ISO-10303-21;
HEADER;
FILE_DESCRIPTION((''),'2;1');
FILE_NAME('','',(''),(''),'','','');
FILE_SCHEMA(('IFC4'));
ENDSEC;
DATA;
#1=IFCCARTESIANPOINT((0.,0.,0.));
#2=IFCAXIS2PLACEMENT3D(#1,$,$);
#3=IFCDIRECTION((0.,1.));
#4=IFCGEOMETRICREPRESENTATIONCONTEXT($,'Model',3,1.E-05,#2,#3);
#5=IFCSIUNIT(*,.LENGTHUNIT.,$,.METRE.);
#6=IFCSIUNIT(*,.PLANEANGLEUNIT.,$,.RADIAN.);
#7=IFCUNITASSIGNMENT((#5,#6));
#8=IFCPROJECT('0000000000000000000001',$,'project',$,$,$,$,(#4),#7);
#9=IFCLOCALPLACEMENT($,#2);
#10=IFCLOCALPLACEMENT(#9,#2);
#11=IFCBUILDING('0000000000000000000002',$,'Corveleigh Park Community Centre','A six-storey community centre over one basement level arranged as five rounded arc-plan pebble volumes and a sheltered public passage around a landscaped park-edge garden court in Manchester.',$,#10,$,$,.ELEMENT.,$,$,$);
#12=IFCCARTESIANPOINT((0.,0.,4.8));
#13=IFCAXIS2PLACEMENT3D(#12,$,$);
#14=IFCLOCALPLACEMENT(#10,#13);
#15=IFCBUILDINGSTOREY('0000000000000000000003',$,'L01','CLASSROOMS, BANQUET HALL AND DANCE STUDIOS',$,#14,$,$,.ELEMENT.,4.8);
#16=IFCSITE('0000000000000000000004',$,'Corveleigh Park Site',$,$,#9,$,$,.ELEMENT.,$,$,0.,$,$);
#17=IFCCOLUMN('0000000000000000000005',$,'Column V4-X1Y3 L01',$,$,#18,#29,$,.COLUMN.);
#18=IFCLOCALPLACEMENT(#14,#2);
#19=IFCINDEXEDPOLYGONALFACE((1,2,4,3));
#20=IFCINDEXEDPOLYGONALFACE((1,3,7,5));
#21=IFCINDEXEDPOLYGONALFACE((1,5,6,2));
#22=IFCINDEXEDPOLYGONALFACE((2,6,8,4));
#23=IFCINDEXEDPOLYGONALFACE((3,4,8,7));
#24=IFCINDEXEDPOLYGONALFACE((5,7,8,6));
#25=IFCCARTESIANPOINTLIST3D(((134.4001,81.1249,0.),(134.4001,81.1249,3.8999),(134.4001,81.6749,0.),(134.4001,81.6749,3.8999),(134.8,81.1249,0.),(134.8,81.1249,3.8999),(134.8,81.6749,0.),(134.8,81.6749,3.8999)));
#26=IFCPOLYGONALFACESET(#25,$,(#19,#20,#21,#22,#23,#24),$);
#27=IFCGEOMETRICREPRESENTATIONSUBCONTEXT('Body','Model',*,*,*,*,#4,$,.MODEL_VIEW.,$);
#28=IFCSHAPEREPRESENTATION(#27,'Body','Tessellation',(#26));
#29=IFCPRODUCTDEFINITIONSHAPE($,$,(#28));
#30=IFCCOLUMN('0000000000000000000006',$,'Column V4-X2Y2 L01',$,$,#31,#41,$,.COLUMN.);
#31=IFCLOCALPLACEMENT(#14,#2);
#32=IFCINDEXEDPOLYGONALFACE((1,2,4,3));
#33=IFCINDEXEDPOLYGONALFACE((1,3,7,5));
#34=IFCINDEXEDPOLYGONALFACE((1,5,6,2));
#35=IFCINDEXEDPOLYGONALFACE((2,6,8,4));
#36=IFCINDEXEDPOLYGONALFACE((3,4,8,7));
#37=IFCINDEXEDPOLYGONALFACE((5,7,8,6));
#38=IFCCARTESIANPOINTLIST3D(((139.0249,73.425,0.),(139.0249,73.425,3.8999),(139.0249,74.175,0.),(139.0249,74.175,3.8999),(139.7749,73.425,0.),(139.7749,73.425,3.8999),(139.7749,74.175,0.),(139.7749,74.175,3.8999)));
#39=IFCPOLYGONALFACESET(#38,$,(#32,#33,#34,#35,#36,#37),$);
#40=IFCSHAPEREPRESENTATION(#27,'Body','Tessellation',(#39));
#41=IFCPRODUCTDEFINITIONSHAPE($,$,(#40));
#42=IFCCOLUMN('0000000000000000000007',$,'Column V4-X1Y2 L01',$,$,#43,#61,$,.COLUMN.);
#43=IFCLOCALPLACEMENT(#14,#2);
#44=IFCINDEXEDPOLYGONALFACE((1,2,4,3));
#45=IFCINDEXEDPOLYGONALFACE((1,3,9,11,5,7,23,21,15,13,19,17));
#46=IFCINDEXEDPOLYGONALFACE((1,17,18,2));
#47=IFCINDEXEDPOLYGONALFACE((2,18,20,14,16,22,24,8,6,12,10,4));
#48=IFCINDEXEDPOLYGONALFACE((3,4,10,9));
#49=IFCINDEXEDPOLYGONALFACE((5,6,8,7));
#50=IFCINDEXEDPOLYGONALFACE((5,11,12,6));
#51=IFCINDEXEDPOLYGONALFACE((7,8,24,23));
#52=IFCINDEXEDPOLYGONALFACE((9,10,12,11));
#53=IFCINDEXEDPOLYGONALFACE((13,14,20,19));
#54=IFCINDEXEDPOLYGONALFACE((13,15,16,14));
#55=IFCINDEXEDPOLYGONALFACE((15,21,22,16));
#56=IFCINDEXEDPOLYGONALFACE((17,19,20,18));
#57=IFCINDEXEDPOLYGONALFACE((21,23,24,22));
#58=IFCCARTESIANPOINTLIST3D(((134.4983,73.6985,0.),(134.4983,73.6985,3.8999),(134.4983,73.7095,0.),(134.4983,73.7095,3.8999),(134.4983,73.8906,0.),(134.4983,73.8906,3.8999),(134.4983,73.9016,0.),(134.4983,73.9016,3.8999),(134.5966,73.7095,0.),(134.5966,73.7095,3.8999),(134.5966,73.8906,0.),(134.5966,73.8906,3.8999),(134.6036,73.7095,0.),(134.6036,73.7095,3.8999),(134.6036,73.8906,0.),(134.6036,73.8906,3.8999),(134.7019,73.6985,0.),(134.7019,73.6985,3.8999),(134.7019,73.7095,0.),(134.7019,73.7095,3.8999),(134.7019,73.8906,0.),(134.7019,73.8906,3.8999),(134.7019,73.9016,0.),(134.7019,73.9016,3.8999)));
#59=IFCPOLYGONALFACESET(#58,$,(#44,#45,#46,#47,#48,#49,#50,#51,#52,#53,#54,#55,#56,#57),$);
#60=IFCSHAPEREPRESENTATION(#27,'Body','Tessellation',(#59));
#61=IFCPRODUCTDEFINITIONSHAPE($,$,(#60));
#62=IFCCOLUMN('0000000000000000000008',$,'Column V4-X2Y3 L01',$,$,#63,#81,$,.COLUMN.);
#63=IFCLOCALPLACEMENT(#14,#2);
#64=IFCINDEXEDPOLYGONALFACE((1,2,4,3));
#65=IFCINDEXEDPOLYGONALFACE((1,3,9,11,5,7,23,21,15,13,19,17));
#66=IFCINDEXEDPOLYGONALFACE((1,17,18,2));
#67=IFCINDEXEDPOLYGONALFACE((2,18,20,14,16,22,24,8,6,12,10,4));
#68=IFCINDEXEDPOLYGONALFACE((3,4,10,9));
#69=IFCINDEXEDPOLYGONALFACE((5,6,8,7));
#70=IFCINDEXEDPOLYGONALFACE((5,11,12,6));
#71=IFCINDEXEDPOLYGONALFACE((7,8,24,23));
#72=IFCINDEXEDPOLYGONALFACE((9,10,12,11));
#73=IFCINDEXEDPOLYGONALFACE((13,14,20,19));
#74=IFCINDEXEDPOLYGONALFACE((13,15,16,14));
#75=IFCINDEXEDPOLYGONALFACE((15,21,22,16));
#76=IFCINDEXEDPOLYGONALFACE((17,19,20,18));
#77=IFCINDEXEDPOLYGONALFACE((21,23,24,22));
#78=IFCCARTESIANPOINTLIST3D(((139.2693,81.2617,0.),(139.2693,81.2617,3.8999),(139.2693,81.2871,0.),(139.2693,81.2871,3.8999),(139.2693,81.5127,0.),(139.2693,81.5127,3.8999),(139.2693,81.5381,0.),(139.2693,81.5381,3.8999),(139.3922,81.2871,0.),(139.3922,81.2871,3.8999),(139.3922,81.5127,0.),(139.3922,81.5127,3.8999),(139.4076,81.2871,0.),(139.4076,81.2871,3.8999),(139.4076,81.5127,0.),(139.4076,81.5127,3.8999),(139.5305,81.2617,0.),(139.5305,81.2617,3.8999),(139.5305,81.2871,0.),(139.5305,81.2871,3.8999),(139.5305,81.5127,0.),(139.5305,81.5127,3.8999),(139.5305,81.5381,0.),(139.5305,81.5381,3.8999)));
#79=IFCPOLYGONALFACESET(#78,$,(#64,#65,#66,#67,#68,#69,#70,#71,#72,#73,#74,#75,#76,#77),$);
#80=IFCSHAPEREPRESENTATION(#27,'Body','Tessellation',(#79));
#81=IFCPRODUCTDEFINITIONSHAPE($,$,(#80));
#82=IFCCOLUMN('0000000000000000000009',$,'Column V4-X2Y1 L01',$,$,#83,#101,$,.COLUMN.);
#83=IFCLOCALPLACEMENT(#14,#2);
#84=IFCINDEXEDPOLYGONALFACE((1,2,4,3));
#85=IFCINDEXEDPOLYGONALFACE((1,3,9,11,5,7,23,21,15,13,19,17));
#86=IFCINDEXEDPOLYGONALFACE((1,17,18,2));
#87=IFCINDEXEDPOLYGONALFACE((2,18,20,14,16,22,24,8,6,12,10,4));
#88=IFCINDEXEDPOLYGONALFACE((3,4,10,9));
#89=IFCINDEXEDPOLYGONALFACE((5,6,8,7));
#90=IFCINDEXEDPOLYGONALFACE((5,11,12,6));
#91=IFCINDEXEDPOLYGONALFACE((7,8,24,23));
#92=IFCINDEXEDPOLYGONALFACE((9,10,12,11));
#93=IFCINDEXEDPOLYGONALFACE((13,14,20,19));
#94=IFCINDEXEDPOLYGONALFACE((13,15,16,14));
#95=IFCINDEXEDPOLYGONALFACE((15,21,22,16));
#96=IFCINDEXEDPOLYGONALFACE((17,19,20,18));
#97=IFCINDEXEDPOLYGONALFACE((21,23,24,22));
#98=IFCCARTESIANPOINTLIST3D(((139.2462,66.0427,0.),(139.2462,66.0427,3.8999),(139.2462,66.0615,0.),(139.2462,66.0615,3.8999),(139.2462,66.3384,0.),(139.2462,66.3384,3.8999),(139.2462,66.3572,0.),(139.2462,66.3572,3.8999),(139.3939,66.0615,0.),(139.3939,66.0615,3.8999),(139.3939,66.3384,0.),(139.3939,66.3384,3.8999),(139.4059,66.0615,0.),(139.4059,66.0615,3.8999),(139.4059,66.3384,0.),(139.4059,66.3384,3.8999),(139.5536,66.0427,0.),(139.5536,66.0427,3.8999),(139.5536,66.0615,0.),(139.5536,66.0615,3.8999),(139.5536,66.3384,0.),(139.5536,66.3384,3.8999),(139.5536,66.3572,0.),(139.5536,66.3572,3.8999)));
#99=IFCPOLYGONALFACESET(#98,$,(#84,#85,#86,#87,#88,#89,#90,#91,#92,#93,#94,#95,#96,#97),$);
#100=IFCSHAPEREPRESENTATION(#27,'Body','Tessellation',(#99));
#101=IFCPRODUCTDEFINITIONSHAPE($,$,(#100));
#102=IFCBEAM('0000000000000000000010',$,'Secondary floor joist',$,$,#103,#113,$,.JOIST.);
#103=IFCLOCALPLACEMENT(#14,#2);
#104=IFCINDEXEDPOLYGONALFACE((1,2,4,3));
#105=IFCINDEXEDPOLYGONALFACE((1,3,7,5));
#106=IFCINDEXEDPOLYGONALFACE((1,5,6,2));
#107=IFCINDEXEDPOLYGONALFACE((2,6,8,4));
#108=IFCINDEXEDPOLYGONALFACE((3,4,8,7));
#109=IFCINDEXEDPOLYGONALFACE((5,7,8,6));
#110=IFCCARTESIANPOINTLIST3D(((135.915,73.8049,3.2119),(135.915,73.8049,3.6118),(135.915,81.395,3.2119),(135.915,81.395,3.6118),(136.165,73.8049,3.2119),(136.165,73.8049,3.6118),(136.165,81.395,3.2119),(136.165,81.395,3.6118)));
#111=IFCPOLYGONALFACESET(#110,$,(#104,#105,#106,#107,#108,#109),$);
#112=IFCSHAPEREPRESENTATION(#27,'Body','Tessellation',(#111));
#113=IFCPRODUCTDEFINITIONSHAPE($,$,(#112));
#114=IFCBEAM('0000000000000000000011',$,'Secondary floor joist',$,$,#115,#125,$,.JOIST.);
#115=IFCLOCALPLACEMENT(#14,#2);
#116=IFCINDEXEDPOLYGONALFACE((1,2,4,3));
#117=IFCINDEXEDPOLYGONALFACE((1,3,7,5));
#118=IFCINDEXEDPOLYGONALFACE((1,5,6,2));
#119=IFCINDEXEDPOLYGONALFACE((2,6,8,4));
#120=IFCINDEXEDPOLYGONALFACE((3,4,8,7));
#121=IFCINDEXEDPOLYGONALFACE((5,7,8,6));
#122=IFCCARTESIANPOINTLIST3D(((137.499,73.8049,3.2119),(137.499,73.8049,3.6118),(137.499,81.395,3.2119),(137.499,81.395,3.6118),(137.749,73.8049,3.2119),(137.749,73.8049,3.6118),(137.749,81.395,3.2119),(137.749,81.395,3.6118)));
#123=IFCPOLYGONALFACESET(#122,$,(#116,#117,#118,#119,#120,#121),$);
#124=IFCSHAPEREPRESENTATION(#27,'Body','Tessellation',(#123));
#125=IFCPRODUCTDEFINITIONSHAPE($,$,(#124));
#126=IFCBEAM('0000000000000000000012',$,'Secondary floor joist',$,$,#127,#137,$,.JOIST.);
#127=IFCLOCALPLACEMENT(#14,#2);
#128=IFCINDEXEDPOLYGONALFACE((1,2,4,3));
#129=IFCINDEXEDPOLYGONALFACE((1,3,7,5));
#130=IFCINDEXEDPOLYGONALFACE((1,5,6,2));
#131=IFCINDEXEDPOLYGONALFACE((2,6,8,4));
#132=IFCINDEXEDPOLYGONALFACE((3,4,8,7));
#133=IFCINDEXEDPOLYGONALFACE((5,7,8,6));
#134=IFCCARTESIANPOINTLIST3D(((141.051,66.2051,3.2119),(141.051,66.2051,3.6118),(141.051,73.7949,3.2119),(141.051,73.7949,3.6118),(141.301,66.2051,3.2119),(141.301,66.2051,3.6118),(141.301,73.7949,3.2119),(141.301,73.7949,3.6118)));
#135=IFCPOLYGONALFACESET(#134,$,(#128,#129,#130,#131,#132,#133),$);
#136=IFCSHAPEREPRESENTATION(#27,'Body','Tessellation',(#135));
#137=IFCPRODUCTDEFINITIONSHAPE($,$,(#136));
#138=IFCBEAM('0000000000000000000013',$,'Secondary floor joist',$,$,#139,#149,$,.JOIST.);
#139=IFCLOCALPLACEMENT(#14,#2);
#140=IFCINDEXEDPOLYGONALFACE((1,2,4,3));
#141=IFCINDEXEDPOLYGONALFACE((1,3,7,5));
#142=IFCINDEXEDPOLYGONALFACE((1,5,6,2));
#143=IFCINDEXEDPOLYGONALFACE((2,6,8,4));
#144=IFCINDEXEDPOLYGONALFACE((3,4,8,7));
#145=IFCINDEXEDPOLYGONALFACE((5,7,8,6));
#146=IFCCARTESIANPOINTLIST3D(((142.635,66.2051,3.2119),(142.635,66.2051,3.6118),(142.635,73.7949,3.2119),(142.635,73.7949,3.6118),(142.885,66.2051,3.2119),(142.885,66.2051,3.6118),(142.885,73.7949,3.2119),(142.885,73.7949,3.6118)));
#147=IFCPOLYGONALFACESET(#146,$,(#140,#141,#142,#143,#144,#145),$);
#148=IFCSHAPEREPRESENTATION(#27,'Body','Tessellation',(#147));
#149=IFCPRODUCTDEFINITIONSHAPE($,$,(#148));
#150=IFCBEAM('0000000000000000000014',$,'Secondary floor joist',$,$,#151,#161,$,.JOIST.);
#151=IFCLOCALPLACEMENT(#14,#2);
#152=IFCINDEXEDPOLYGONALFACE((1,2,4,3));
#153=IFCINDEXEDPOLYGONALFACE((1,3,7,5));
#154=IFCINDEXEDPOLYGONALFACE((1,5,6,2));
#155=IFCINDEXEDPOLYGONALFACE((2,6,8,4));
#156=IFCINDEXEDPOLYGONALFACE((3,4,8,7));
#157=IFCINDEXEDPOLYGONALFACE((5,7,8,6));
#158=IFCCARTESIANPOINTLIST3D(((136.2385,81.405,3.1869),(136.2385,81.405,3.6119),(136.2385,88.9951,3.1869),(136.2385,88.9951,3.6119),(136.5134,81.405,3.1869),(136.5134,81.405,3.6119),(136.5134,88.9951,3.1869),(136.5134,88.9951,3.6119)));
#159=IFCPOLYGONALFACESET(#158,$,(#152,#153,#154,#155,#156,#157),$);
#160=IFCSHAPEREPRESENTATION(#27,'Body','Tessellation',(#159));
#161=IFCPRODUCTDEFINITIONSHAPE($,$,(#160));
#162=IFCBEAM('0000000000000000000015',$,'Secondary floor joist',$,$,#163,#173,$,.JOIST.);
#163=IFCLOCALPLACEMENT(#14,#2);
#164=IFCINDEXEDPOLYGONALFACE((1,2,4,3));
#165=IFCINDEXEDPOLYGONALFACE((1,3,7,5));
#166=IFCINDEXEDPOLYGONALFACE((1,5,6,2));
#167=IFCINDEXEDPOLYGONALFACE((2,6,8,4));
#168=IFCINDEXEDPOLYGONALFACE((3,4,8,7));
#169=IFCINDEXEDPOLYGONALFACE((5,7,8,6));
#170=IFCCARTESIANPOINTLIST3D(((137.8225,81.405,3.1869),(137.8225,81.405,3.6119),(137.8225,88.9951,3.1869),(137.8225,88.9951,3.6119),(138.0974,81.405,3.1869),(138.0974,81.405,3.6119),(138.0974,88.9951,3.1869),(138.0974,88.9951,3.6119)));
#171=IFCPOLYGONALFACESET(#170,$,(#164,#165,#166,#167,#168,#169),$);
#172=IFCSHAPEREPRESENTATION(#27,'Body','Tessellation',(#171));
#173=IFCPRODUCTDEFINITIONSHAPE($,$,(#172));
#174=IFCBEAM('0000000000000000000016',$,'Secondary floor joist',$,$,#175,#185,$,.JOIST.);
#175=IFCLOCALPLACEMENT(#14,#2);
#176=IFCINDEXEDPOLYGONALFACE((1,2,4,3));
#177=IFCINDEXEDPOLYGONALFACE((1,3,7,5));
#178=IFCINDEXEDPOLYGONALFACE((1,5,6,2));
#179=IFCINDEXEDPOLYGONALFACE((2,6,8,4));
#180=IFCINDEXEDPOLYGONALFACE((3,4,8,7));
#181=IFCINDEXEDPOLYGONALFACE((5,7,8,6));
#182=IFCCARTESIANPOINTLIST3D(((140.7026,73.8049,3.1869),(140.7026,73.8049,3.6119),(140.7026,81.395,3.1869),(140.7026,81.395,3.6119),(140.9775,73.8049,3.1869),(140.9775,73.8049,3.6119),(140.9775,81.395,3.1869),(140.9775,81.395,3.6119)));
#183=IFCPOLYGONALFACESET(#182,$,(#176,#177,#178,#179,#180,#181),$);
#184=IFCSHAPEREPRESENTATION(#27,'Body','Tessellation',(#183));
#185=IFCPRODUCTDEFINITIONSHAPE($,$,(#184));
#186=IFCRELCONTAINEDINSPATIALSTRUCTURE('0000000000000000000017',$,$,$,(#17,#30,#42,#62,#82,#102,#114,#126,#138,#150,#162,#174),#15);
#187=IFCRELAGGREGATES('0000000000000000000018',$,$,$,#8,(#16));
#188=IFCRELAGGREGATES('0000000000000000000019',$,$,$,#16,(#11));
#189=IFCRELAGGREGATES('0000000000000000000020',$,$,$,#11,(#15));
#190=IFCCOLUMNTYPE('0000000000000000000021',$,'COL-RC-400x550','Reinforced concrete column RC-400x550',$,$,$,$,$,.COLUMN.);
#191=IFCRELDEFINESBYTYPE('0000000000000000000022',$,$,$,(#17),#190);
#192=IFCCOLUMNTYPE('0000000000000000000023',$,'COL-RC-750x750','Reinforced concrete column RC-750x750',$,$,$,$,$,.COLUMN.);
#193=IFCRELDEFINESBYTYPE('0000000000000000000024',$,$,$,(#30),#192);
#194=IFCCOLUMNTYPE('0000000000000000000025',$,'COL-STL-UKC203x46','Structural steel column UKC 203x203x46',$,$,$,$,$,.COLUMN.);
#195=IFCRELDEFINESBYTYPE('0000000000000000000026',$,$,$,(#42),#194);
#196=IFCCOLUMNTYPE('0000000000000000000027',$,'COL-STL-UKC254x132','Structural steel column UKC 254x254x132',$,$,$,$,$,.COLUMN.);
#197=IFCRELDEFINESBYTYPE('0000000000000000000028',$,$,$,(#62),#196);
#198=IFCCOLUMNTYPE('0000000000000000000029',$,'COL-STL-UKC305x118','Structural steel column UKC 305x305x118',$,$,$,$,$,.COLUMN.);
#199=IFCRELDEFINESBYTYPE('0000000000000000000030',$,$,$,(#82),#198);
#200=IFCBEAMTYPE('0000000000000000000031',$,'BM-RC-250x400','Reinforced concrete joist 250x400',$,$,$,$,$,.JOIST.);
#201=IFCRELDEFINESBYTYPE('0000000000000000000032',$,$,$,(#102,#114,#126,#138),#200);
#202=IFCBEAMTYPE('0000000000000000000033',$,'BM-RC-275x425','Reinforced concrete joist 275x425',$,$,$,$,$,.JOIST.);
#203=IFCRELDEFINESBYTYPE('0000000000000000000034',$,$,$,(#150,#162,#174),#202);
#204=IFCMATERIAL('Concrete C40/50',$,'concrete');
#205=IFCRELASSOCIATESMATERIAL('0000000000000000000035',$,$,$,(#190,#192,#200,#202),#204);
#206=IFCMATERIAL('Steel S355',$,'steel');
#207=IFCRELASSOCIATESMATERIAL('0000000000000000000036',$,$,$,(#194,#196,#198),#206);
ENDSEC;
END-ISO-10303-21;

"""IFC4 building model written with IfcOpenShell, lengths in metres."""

from ifc_helpers import new_model, si_unit, direction, frame, origin, origin_2d, place, context, subcontext, project, spatial, rectangle, i_section, extrude, material, material_profile, profile_set, type_object, element, save


model = new_model("IFC4")

# Units and contexts
model_context = context("Model", 3, precision=1e-05, world=origin(), true_north=direction((0.0, 1.0)))
body_context = subcontext(model_context, "Body", "Model", "MODEL_VIEW")
ifc_project = project(units=[si_unit("LENGTHUNIT", "METRE"), si_unit("PLANEANGLEUNIT", "RADIAN")], contexts=[model_context])

# Site, building, storey
site_placement = place(None, origin())
site = spatial("IfcSite", under=ifc_project, at=site_placement, Name="Corveleigh Park Site", CompositionType="ELEMENT", RefElevation=0.0)
building_placement = place(site_placement, origin())
building = spatial("IfcBuilding", under=site, at=building_placement, Name="Corveleigh Park Community Centre", Description="A six-storey community centre over one basement level arranged as five rounded arc-plan pebble volumes and a sheltered public passage around a landscaped park-edge garden court in Manchester.", CompositionType="ELEMENT")
storey_placement = place(building_placement, frame((0.0, 0.0, 4.8)))
storey = spatial("IfcBuildingStorey", under=building, at=storey_placement, Name="L01", Description="CLASSROOMS, BANQUET HALL AND DANCE STUDIOS", CompositionType="ELEMENT", Elevation=4.8)

# Columns
ifc_material_1 = material(Name="Concrete C40/50", Category="concrete")
ifc_material_profile_1 = material_profile(ifc_material_1, rectangle(XDim=0.3999, YDim=0.55, at=origin_2d()), Name="RC-400x550", Category="concrete")
ifc_profile_set_1 = profile_set([ifc_material_profile_1], Name="Concrete C40/50")
column_type_1 = type_object("IfcColumnType", Name="COL-RC-400x550", Description="Reinforced concrete column RC-400x550", PredefinedType="COLUMN", material=ifc_profile_set_1)
column_1_placement = place(storey_placement, frame((134.6001, 81.3999, 0.0), z_axis=(0.0, 0.0, 1.0), x_axis=(1.0, 0.0, 0.0)))
element("IfcColumn", 1, at=column_1_placement, inside=storey, type_object=column_type_1, Name="Column V4-X1Y3 L01", PredefinedType="COLUMN", context=body_context, shape_type="SweptSolid", body=[
    extrude(rectangle(XDim=0.3999, YDim=0.55, at=origin_2d()), origin(), (0.0, 0.0, 1.0), 3.8999),
])
ifc_material_profile_2 = material_profile(ifc_material_1, rectangle(XDim=0.75, YDim=0.75, at=origin_2d()), Name="RC-750x750", Category="concrete")
ifc_profile_set_2 = profile_set([ifc_material_profile_2], Name="Concrete C40/50")
column_type_2 = type_object("IfcColumnType", Name="COL-RC-750x750", Description="Reinforced concrete column RC-750x750", PredefinedType="COLUMN", material=ifc_profile_set_2)
column_2_placement = place(storey_placement, frame((139.3999, 73.8, 0.0), z_axis=(0.0, 0.0, 1.0), x_axis=(1.0, 0.0, 0.0)))
element("IfcColumn", 2, at=column_2_placement, inside=storey, type_object=column_type_2, Name="Column V4-X2Y2 L01", PredefinedType="COLUMN", context=body_context, shape_type="SweptSolid", body=[
    extrude(rectangle(XDim=0.75, YDim=0.75, at=origin_2d()), origin(), (0.0, 0.0, 1.0), 3.8999),
])
ifc_material_2 = material(Name="Steel S355", Category="steel")
ifc_material_profile_3 = material_profile(ifc_material_2, i_section(OverallWidth=0.2036, OverallDepth=0.2031, WebThickness=0.0071, FlangeThickness=0.011, at=origin_2d()), Name="UKC 203x203x46", Category="steel")
ifc_profile_set_3 = profile_set([ifc_material_profile_3], Name="Steel S355")
column_type_3 = type_object("IfcColumnType", Name="COL-STL-UKC203x46", Description="Structural steel column UKC 203x203x46", PredefinedType="COLUMN", material=ifc_profile_set_3)
column_3_placement = place(storey_placement, frame((134.6001, 73.8, 0.0), z_axis=(0.0, 0.0, 1.0), x_axis=(1.0, 0.0, 0.0)))
element("IfcColumn", 3, at=column_3_placement, inside=storey, type_object=column_type_3, Name="Column V4-X1Y2 L01", PredefinedType="COLUMN", context=body_context, shape_type="SweptSolid", body=[
    extrude(i_section(OverallWidth=0.2036, OverallDepth=0.2031, WebThickness=0.0071, FlangeThickness=0.011, at=origin_2d()), origin(), (0.0, 0.0, 1.0), 3.8999),
])
ifc_material_profile_4 = material_profile(ifc_material_2, i_section(OverallWidth=0.2612, OverallDepth=0.2764, WebThickness=0.0154, FlangeThickness=0.0254, at=origin_2d()), Name="UKC 254x254x132", Category="steel")
ifc_profile_set_4 = profile_set([ifc_material_profile_4], Name="Steel S355")
column_type_4 = type_object("IfcColumnType", Name="COL-STL-UKC254x132", Description="Structural steel column UKC 254x254x132", PredefinedType="COLUMN", material=ifc_profile_set_4)
column_4_placement = place(storey_placement, frame((139.3999, 81.3999, 0.0), z_axis=(0.0, 0.0, 1.0), x_axis=(1.0, 0.0, 0.0)))
element("IfcColumn", 4, at=column_4_placement, inside=storey, type_object=column_type_4, Name="Column V4-X2Y3 L01", PredefinedType="COLUMN", context=body_context, shape_type="SweptSolid", body=[
    extrude(i_section(OverallWidth=0.2612, OverallDepth=0.2764, WebThickness=0.0154, FlangeThickness=0.0254, at=origin_2d()), origin(), (0.0, 0.0, 1.0), 3.8999),
])
ifc_material_profile_5 = material_profile(ifc_material_2, i_section(OverallWidth=0.3074, OverallDepth=0.3145, WebThickness=0.012, FlangeThickness=0.0188, at=origin_2d()), Name="UKC 305x305x118", Category="steel")
ifc_profile_set_5 = profile_set([ifc_material_profile_5], Name="Steel S355")
column_type_5 = type_object("IfcColumnType", Name="COL-STL-UKC305x118", Description="Structural steel column UKC 305x305x118", PredefinedType="COLUMN", material=ifc_profile_set_5)
column_5_placement = place(storey_placement, frame((139.3999, 66.2, 0.0), z_axis=(0.0, 0.0, 1.0), x_axis=(1.0, 0.0, 0.0)))
element("IfcColumn", 5, at=column_5_placement, inside=storey, type_object=column_type_5, Name="Column V4-X2Y1 L01", PredefinedType="COLUMN", context=body_context, shape_type="SweptSolid", body=[
    extrude(i_section(OverallWidth=0.3074, OverallDepth=0.3145, WebThickness=0.012, FlangeThickness=0.0188, at=origin_2d()), origin(), (0.0, 0.0, 1.0), 3.8999),
])

# Beams
ifc_material_profile_6 = material_profile(ifc_material_1, rectangle(XDim=0.25, YDim=0.3999, at=origin_2d()), Name="RC-250x400", Category="concrete")
ifc_profile_set_6 = profile_set([ifc_material_profile_6], Name="Concrete C40/50")
beam_type_1 = type_object("IfcBeamType", Name="BM-RC-250x400", Description="Reinforced concrete joist 250x400", PredefinedType="JOIST", material=ifc_profile_set_6)
for number, where, z_axis, x_axis, name in (
    (6, (136.04, 73.8049, 3.4119), (0.0, 1.0, 0.0), (-1.0, 0.0, 0.0), "Secondary floor joist"),
    (7, (137.624, 73.8049, 3.4119), (0.0, 1.0, 0.0), (-1.0, 0.0, 0.0), "Secondary floor joist"),
):
    element("IfcBeam", number, at=place(storey_placement, frame(where, z_axis=z_axis, x_axis=x_axis)), inside=storey, type_object=beam_type_1, Name=name, PredefinedType="JOIST", context=body_context, shape_type="SweptSolid", body=[
        extrude(rectangle(XDim=0.25, YDim=0.3999, at=origin_2d()), origin(), (0.0, 0.0, 1.0), 7.5901),
    ])
for number, where, z_axis, x_axis, name in (
    (8, (141.176, 66.2051, 3.4119), (0.0, 1.0, 0.0), (-1.0, 0.0, 0.0), "Secondary floor joist"),
    (9, (142.76, 66.2051, 3.4119), (0.0, 1.0, 0.0), (-1.0, 0.0, 0.0), "Secondary floor joist"),
):
    element("IfcBeam", number, at=place(storey_placement, frame(where, z_axis=z_axis, x_axis=x_axis)), inside=storey, type_object=beam_type_1, Name=name, PredefinedType="JOIST", context=body_context, shape_type="SweptSolid", body=[
        extrude(rectangle(XDim=0.25, YDim=0.3999, at=origin_2d()), origin(), (0.0, 0.0, 1.0), 7.5898),
    ])
ifc_material_profile_7 = material_profile(ifc_material_1, rectangle(XDim=0.2749, YDim=0.425, at=origin_2d()), Name="RC-275x425", Category="concrete")
ifc_profile_set_7 = profile_set([ifc_material_profile_7], Name="Concrete C40/50")
beam_type_2 = type_object("IfcBeamType", Name="BM-RC-275x425", Description="Reinforced concrete joist 275x425", PredefinedType="JOIST", material=ifc_profile_set_7)
for number, where, z_axis, x_axis, name in (
    (10, (136.376, 81.405, 3.3994), (0.0, 1.0, 0.0), (-1.0, 0.0, 0.0), "Secondary floor joist"),
    (11, (137.96, 81.405, 3.3994), (0.0, 1.0, 0.0), (-1.0, 0.0, 0.0), "Secondary floor joist"),
    (12, (140.8401, 73.8049, 3.3994), (0.0, 1.0, 0.0), (-1.0, 0.0, 0.0), "Secondary floor joist"),
):
    element("IfcBeam", number, at=place(storey_placement, frame(where, z_axis=z_axis, x_axis=x_axis)), inside=storey, type_object=beam_type_2, Name=name, PredefinedType="JOIST", context=body_context, shape_type="SweptSolid", body=[
        extrude(rectangle(XDim=0.2749, YDim=0.425, at=origin_2d()), origin(), (0.0, 0.0, 1.0), 7.5901),
    ])

save(model, "model.ifc")
